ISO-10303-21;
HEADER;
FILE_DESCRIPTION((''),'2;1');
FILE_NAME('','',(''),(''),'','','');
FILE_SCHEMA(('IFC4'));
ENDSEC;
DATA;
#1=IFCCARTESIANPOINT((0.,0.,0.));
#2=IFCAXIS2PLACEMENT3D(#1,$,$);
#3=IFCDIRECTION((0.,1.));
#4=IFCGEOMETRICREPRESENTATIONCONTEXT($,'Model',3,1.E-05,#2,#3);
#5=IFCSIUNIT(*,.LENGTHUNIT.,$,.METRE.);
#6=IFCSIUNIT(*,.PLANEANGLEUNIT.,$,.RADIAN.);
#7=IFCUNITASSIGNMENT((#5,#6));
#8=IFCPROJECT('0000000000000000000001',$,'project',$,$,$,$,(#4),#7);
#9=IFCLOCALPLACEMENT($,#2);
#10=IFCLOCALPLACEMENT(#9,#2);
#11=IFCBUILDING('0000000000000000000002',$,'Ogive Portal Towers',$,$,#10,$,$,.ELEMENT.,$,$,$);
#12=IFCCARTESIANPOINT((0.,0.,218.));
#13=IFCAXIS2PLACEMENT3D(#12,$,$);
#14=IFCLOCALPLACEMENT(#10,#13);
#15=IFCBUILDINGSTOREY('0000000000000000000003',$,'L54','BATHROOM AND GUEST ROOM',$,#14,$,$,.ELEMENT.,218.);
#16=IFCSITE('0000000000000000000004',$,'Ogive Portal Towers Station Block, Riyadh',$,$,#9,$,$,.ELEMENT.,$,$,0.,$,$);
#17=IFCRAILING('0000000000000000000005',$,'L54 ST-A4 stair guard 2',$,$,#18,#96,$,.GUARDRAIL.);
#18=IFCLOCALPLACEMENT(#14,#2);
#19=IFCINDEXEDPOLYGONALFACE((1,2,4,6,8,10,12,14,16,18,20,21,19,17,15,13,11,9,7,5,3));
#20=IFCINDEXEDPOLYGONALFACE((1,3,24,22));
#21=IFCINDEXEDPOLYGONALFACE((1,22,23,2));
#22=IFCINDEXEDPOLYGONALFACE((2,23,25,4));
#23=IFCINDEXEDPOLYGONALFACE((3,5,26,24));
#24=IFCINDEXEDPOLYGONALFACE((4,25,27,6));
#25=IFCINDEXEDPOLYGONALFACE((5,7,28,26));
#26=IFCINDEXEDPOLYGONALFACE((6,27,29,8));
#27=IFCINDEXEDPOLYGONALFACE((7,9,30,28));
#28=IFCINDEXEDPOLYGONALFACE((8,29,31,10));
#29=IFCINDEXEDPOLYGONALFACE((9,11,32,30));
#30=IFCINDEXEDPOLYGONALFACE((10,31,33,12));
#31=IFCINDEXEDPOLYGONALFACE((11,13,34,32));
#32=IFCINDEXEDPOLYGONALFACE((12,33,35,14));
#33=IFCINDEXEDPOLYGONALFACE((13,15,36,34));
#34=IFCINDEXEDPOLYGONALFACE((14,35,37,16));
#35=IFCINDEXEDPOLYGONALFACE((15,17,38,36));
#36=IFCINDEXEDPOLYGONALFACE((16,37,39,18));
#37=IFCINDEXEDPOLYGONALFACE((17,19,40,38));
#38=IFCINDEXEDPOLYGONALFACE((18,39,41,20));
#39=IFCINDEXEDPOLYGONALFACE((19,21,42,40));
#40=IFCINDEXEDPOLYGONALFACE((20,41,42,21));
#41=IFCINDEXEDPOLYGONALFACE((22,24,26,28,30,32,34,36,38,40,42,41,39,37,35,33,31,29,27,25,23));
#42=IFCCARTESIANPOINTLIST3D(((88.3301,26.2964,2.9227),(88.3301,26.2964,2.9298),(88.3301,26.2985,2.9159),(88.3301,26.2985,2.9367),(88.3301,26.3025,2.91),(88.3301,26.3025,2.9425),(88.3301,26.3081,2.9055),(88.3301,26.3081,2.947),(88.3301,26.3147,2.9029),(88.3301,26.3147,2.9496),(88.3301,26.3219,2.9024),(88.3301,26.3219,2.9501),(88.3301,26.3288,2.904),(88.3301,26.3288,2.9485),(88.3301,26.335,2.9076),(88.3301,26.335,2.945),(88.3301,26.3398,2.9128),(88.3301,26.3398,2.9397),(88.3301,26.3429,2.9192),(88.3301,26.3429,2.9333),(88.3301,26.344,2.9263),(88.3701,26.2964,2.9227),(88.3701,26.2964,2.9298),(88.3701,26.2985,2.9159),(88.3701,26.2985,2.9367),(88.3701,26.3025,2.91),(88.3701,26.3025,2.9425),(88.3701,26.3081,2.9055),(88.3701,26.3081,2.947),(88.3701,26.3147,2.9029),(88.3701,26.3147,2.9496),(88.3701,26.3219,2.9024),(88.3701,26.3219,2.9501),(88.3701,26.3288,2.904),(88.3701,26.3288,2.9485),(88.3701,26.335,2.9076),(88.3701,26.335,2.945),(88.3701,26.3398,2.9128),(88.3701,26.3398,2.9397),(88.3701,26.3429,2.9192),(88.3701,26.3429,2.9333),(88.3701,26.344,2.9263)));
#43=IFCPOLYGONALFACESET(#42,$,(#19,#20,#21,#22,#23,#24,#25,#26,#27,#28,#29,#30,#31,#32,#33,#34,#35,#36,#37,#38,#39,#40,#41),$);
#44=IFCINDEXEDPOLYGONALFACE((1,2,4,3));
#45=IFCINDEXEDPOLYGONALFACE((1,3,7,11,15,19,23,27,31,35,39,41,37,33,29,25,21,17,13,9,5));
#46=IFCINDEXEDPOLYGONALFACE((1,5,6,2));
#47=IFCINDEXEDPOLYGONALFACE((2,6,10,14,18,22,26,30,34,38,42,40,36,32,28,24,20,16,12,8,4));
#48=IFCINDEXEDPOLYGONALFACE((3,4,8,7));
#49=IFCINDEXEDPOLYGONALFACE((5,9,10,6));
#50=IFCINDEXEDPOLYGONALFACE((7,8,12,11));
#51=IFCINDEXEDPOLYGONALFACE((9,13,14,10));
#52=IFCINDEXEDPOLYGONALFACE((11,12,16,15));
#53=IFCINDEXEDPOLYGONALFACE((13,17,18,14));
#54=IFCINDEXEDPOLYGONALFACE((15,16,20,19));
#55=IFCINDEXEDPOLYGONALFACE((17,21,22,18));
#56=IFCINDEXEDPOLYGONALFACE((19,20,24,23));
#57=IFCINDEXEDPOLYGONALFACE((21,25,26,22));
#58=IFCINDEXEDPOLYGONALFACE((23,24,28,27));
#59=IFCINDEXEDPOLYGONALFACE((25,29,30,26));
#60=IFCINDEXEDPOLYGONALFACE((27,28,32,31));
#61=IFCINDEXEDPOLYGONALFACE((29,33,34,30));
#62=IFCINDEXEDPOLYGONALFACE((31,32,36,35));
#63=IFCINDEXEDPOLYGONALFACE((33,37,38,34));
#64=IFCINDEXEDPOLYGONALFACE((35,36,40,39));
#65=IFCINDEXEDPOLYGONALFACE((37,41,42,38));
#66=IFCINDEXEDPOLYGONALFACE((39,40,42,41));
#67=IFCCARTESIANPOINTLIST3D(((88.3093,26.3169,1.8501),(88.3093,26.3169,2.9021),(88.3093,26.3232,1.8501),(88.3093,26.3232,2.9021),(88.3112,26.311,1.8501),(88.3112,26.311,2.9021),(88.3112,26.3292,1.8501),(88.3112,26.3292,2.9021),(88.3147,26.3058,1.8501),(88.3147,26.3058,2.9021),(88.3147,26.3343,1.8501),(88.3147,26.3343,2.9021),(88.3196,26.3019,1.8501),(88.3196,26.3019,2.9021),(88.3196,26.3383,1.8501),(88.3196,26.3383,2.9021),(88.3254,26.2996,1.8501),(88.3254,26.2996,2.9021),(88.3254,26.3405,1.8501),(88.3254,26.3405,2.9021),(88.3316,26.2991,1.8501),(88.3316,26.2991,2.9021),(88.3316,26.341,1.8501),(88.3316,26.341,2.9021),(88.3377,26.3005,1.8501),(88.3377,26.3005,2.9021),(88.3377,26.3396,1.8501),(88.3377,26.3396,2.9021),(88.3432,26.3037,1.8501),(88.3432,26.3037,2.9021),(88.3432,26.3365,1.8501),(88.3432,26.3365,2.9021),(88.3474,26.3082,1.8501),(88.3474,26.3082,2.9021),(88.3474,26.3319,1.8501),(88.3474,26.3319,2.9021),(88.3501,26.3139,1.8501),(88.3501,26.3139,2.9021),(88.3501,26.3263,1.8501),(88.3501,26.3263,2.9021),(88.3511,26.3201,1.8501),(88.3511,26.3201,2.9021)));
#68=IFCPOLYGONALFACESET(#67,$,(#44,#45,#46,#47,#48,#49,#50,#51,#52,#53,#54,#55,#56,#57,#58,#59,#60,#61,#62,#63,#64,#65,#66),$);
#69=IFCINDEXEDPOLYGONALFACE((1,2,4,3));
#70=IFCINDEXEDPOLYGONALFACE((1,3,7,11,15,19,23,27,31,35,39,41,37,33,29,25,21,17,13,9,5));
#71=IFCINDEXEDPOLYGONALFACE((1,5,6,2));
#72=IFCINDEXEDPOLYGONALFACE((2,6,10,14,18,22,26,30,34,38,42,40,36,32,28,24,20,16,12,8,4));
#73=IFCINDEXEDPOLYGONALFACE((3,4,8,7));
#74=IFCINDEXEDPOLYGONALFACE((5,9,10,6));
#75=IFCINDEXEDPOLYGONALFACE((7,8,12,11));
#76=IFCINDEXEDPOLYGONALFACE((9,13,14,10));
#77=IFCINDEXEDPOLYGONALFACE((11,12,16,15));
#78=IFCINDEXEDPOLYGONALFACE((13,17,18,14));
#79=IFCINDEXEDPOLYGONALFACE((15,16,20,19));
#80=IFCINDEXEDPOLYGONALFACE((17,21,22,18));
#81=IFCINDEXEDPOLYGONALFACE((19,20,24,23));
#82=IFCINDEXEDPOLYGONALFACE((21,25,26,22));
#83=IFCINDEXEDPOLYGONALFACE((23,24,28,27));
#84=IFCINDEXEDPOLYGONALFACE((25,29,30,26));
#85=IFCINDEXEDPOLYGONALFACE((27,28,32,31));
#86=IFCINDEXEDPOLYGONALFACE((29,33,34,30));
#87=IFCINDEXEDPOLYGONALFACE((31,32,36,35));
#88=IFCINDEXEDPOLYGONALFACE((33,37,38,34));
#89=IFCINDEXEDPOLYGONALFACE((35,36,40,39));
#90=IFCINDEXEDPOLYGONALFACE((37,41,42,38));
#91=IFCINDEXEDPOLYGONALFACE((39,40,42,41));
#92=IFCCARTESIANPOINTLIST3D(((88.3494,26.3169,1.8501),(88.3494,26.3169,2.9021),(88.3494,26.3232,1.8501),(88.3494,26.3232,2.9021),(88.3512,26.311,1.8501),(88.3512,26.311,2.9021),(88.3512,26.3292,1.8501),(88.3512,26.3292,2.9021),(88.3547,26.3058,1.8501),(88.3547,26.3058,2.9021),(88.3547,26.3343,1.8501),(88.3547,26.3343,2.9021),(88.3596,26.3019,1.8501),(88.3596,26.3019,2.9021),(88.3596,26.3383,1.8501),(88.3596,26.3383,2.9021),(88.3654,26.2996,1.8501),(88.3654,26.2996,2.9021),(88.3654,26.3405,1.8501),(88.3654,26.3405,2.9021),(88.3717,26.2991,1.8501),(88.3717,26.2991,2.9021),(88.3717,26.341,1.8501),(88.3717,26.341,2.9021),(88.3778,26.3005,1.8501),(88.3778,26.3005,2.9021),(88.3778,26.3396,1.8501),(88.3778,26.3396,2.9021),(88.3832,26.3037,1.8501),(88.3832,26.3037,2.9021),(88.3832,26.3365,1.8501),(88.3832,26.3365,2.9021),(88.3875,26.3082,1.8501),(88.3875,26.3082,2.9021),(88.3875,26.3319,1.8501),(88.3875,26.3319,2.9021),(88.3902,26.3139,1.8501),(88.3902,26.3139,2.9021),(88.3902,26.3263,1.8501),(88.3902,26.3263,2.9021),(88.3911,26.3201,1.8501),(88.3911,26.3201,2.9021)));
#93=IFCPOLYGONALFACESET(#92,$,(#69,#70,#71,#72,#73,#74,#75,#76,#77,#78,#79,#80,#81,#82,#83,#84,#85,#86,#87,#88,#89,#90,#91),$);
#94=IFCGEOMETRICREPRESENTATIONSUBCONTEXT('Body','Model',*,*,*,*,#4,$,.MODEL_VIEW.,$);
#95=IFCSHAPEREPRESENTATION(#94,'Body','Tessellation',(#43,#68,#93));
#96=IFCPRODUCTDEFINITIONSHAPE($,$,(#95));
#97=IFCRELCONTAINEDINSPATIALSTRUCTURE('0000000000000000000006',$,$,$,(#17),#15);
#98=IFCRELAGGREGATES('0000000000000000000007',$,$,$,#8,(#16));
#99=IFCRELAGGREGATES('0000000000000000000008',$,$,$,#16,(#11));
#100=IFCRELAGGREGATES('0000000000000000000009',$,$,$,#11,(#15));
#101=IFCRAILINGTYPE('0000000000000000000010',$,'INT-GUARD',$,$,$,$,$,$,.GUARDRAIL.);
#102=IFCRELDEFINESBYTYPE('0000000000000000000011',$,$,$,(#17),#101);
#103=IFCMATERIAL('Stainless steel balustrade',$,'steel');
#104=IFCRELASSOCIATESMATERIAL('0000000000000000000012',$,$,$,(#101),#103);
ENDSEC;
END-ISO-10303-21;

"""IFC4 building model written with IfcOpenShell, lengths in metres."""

from ifc_helpers import new_model, si_unit, direction, frame, origin, origin_2d, place, context, subcontext, project, spatial, circle, extrude, material, type_object, element, save


model = new_model("IFC4")

# Units and contexts
model_context = context("Model", 3, precision=1e-05, world=origin(), true_north=direction((0.0, 1.0)))
body_context = subcontext(model_context, "Body", "Model", "MODEL_VIEW")
ifc_project = project(units=[si_unit("LENGTHUNIT", "METRE"), si_unit("PLANEANGLEUNIT", "RADIAN")], contexts=[model_context])

# Site, building, storey
site_placement = place(None, origin())
site = spatial("IfcSite", under=ifc_project, at=site_placement, Name="Ogive Portal Towers Station Block, Riyadh", CompositionType="ELEMENT", RefElevation=0.0)
building_placement = place(site_placement, origin())
building = spatial("IfcBuilding", under=site, at=building_placement, Name="Ogive Portal Towers", CompositionType="ELEMENT")
storey_placement = place(building_placement, frame((0.0, 0.0, 218.0)))
storey = spatial("IfcBuildingStorey", under=building, at=storey_placement, Name="L54", Description="BATHROOM AND GUEST ROOM", CompositionType="ELEMENT", Elevation=218.0)

# Railing
ifc_material_1 = material(Name="Stainless steel balustrade", Category="steel")
railing_type_1 = type_object("IfcRailingType", Name="INT-GUARD", PredefinedType="GUARDRAIL", material=ifc_material_1)
railing_1_placement = place(storey_placement, frame((88.3301, 26.3201, 1.8501)))
element("IfcRailing", 1, at=railing_1_placement, inside=storey, type_object=railing_type_1, Name="L54 ST-A4 stair guard 2", PredefinedType="GUARDRAIL", context=body_context, shape_type="SweptSolid", body=[
    extrude(circle(Radius=0.0239, at=origin_2d()), frame((0.0, 0.0, 1.0762), z_axis=(1.0, 0.0, 0.0), x_axis=(0.0, 1.0, 0.0)), (0.0, 0.0, 1.0), 0.04),
    extrude(circle(Radius=0.021, at=origin_2d()), origin(), (0.0, 0.0, 1.0), 1.052),
    extrude(circle(Radius=0.021, at=origin_2d()), frame((0.04, 0.0, 0.0)), (0.0, 0.0, 1.0), 1.052),
])

save(model, "model.ifc")
